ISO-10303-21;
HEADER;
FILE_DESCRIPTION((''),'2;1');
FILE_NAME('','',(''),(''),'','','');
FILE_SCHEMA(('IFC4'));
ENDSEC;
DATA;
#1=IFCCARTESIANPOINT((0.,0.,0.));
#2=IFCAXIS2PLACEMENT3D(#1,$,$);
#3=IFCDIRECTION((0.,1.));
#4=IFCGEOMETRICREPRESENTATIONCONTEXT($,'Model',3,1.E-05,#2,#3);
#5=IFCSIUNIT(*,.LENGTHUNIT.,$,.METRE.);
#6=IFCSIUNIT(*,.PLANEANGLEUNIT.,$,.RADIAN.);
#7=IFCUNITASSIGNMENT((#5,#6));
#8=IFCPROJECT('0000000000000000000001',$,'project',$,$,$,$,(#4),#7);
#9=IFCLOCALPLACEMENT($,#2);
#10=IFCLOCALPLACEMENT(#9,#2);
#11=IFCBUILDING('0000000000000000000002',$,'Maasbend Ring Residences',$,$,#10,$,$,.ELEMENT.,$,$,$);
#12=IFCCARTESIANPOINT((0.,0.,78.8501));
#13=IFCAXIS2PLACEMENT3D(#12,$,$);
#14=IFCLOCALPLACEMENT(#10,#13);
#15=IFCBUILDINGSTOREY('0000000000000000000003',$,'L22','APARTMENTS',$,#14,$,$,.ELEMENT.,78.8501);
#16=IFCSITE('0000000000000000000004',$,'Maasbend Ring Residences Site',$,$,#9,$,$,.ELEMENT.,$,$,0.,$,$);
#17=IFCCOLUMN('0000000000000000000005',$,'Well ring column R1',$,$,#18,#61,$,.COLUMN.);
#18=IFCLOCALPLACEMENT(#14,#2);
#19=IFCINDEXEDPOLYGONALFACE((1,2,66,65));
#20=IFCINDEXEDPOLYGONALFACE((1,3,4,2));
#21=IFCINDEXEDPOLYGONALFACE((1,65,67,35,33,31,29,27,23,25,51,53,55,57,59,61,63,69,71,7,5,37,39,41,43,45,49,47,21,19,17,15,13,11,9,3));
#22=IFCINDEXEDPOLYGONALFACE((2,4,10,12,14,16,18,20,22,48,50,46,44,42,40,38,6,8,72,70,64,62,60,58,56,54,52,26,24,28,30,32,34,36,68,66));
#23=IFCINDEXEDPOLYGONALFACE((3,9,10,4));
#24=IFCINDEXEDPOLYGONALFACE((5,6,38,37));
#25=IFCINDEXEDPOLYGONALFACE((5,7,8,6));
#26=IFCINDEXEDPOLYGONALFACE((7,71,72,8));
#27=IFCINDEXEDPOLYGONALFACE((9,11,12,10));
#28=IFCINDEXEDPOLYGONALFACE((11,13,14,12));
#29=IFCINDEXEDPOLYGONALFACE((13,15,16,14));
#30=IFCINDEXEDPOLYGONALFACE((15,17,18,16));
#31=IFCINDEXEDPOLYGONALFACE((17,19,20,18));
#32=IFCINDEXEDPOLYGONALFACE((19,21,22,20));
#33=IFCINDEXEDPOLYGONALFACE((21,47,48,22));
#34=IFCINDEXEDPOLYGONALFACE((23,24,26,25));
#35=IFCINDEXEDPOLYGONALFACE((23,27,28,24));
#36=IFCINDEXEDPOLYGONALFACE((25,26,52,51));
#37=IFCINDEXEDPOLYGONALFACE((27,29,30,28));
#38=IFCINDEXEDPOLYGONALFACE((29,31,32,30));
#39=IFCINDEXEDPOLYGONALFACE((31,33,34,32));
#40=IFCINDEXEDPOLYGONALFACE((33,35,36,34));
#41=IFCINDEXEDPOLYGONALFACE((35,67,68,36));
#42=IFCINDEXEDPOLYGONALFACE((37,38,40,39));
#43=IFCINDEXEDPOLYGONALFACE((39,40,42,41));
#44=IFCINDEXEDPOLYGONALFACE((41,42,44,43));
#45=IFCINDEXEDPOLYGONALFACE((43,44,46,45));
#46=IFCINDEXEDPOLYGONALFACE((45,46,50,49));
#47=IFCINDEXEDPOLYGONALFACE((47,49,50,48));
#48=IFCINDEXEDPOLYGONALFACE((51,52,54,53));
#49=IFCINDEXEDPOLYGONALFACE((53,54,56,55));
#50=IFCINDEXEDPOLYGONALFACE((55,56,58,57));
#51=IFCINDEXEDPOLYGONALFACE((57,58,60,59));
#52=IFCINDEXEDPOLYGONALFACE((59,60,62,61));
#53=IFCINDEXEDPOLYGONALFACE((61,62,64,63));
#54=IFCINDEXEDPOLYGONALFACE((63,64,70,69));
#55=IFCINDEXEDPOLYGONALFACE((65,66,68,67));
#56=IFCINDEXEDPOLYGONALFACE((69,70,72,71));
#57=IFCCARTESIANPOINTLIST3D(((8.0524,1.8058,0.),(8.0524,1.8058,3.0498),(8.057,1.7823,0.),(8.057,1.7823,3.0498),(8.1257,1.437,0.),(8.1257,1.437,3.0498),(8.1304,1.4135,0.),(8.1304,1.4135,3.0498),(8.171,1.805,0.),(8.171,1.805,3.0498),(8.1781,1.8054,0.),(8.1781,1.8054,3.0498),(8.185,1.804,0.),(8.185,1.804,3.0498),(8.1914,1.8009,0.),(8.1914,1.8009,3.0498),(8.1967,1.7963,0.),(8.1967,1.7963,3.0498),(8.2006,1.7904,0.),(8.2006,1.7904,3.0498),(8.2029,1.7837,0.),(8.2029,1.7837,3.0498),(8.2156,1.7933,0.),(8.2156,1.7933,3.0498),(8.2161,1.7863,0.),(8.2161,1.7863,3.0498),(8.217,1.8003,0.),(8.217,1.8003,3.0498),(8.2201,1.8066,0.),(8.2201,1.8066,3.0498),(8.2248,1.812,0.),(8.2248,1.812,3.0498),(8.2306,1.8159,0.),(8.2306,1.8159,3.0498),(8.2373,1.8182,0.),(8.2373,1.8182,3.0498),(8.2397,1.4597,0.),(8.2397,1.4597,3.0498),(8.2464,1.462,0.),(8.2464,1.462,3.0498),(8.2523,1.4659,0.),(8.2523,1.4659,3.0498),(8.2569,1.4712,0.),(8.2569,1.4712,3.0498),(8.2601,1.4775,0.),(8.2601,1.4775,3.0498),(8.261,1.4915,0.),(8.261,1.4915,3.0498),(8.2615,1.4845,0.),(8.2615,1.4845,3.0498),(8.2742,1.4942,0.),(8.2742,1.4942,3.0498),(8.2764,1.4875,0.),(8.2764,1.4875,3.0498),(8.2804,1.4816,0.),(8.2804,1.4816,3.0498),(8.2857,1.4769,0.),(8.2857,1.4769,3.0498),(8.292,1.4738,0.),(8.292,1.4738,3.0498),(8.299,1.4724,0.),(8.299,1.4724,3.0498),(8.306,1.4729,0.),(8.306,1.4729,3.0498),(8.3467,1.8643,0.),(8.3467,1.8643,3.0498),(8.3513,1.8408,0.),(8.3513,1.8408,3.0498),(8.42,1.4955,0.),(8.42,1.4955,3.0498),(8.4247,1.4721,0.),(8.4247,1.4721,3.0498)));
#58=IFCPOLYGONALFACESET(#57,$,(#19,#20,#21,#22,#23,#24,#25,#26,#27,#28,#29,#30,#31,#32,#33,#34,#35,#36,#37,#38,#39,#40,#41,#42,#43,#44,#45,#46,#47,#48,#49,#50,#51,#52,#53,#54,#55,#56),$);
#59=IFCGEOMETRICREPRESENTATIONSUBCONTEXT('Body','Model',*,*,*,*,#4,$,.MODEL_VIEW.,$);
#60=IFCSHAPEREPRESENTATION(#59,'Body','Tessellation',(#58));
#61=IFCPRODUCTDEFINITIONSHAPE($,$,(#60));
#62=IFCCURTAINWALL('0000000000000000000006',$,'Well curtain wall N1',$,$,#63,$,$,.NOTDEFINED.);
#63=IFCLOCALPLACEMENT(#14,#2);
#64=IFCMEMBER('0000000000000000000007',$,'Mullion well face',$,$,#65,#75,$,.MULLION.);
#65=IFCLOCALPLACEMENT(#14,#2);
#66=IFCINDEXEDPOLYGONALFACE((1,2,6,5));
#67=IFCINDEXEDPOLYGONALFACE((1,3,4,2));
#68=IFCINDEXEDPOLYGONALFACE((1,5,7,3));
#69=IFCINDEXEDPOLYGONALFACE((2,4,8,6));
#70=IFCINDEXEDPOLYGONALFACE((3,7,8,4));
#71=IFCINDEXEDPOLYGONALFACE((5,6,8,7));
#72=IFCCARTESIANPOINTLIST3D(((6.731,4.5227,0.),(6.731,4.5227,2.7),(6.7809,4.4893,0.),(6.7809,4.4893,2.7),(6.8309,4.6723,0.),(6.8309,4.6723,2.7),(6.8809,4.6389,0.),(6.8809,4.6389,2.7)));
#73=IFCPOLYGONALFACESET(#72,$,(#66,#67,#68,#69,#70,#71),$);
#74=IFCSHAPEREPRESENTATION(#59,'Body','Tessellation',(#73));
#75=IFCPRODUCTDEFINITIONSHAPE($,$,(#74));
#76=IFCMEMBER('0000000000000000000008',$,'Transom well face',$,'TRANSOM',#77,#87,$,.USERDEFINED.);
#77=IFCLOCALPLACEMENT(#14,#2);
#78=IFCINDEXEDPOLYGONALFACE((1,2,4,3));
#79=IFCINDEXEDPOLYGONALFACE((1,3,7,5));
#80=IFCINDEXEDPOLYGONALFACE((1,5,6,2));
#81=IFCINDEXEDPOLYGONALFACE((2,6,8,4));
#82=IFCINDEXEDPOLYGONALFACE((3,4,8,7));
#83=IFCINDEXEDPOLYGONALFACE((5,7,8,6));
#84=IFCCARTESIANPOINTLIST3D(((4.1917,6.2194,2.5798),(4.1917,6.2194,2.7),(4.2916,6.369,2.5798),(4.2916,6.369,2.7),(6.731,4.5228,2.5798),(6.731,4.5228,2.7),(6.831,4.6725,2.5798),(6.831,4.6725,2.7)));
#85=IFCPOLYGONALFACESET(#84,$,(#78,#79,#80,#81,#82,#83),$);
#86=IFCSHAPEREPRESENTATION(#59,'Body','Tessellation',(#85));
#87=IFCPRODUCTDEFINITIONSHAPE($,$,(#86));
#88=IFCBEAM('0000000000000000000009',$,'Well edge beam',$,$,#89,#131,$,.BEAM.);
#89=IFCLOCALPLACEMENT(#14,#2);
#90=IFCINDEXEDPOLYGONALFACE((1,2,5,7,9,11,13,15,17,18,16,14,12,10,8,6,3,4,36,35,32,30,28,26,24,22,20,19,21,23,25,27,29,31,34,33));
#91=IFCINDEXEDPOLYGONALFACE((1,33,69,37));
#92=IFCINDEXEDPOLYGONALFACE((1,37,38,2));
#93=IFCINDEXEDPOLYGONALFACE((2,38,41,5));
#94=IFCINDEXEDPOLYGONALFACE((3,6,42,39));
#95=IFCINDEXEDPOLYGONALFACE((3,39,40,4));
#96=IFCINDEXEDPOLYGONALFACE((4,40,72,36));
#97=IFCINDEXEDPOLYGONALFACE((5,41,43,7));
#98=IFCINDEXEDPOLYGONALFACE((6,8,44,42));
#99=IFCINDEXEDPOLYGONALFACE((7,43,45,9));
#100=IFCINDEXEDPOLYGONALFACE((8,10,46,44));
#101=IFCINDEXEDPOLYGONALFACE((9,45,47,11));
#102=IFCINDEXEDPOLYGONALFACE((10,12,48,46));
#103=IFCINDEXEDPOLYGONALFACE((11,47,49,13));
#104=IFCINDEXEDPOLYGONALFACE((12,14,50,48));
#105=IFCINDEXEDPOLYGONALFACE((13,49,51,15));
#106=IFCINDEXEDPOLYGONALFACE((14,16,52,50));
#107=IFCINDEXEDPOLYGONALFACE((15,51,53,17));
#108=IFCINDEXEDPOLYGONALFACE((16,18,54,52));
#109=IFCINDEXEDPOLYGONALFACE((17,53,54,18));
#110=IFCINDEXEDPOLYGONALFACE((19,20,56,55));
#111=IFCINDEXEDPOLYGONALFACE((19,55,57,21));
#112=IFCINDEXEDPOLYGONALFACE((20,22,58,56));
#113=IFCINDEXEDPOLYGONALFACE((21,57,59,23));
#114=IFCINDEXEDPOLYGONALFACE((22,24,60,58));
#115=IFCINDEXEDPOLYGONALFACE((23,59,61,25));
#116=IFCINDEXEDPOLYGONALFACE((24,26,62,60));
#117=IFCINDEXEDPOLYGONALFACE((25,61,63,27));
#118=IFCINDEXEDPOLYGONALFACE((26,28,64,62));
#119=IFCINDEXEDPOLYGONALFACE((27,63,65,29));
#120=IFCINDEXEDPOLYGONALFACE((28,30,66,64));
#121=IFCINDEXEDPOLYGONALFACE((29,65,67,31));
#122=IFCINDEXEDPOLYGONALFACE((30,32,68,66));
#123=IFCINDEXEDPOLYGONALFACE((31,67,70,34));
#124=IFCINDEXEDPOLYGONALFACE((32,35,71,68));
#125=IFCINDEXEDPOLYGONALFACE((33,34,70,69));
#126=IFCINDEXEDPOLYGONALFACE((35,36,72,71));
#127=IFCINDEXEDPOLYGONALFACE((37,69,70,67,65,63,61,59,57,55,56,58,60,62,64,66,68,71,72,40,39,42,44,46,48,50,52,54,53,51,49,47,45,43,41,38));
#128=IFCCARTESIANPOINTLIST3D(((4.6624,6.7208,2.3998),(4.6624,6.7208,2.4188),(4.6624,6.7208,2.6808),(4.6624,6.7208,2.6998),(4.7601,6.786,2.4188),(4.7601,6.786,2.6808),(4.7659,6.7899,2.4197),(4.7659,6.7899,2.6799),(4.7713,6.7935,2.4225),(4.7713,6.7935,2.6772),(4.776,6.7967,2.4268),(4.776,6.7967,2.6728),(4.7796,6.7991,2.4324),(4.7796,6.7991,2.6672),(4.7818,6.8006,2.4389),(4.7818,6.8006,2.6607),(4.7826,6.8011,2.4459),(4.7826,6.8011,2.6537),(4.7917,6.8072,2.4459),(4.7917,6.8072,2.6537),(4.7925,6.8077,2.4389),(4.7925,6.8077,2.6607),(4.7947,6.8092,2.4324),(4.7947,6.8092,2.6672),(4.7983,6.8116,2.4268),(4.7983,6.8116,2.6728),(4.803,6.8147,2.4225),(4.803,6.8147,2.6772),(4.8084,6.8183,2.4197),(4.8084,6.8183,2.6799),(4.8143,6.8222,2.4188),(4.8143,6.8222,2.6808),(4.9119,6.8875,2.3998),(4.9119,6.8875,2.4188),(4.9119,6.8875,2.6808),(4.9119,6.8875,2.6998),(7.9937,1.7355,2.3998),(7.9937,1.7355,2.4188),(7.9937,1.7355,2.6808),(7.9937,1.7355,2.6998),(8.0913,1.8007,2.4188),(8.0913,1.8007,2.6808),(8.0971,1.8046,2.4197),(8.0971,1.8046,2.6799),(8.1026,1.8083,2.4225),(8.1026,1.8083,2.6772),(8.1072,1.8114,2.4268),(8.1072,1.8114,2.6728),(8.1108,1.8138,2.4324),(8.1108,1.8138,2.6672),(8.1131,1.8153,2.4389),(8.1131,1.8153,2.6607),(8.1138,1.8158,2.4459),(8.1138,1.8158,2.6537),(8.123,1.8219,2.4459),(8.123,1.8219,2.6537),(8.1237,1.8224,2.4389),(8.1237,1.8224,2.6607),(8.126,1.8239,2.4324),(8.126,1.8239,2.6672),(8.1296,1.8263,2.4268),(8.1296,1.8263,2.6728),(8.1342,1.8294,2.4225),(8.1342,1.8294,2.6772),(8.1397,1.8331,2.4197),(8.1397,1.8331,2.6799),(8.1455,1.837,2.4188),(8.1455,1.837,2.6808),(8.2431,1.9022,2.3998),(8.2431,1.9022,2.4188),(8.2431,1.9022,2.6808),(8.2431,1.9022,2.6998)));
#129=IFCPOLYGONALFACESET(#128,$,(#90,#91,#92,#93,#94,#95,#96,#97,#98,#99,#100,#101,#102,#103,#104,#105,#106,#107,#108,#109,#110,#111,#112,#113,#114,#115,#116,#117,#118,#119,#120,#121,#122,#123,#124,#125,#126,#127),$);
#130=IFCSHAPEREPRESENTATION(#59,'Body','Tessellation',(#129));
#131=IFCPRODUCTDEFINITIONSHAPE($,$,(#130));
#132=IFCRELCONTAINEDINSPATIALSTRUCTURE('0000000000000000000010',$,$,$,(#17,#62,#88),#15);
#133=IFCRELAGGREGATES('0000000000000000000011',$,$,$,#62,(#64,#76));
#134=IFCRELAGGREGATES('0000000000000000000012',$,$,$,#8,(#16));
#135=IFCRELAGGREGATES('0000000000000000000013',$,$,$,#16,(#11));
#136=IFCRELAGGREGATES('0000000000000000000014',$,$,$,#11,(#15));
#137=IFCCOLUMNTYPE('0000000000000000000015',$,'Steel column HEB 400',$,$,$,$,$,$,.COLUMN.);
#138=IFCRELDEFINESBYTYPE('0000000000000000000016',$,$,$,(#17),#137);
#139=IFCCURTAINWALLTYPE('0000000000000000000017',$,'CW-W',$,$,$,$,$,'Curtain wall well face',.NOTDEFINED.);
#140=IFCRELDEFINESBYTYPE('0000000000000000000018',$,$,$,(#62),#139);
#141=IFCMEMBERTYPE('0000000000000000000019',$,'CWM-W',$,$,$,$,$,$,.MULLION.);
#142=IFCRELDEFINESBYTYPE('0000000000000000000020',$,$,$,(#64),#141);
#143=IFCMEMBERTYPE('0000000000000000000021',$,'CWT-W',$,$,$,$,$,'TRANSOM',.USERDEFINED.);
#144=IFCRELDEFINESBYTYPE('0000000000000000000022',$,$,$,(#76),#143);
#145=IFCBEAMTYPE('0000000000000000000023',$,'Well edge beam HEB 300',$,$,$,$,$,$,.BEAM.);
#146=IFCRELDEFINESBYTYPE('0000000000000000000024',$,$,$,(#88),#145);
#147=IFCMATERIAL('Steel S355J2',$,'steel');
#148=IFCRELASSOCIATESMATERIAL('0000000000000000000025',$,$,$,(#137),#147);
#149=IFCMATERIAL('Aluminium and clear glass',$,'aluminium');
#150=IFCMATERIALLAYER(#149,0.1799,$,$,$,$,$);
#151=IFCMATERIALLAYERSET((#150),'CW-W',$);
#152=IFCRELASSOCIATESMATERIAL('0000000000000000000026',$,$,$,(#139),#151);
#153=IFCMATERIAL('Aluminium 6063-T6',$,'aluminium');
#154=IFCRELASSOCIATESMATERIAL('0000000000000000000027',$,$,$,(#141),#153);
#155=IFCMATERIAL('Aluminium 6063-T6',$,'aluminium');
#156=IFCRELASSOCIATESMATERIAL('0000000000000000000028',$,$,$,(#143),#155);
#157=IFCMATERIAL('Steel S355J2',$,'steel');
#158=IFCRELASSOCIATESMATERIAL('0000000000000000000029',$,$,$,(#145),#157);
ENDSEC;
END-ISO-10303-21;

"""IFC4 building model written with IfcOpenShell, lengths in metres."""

from ifc_helpers import new_model, si_unit, direction, frame, origin, origin_2d, place, context, subcontext, project, spatial, rectangle, i_section, extrude, material, layer, layer_set, material_profile, profile_set, type_object, element, aggregate, save


model = new_model("IFC4")

# Units and contexts
model_context = context("Model", 3, precision=1e-05, world=origin(), true_north=direction((0.0, 1.0)))
body_context = subcontext(model_context, "Body", "Model", "MODEL_VIEW")
ifc_project = project(units=[si_unit("LENGTHUNIT", "METRE"), si_unit("PLANEANGLEUNIT", "RADIAN")], contexts=[model_context])

# Site, building, storey
site_placement = place(None, origin())
site = spatial("IfcSite", under=ifc_project, at=site_placement, Name="Maasbend Ring Residences Site", CompositionType="ELEMENT", RefElevation=0.0)
building_placement = place(site_placement, origin())
building = spatial("IfcBuilding", under=site, at=building_placement, Name="Maasbend Ring Residences", CompositionType="ELEMENT")
storey_placement = place(building_placement, frame((0.0, 0.0, 78.8501)))
storey = spatial("IfcBuildingStorey", under=building, at=storey_placement, Name="L22", Description="APARTMENTS", CompositionType="ELEMENT", Elevation=78.8501)

# Column
ifc_material_1 = material(Name="Steel S355J2", Category="steel")
ifc_material_profile_1 = material_profile(ifc_material_1, i_section(OverallWidth=0.3, OverallDepth=0.3999, WebThickness=0.0134, FlangeThickness=0.0239, FilletRadius=0.0271, at=origin_2d()), Name="HEB 400")
ifc_profile_set_1 = profile_set([ifc_material_profile_1], Name="Steel S355J2")
column_type = type_object("IfcColumnType", Name="Steel column HEB 400", PredefinedType="COLUMN", material=ifc_profile_set_1)
column_placement = place(storey_placement, frame((8.2385, 1.6389, 0.0), z_axis=(0.0, 0.0, 1.0), x_axis=(0.980785, 0.19509, 0.0)))
element("IfcColumn", 1, at=column_placement, inside=storey, type_object=column_type, Name="Well ring column R1", PredefinedType="COLUMN", context=body_context, shape_type="SweptSolid", body=[
    extrude(i_section(OverallWidth=0.3, OverallDepth=0.3999, WebThickness=0.0134, FlangeThickness=0.0239, FilletRadius=0.0271, at=origin_2d()), origin(), (0.0, 0.0, 1.0), 3.0498),
])

# Curtain wall, members
ifc_material_2 = material(Name="Aluminium and clear glass", Category="aluminium")
ifc_layer_1 = layer(ifc_material_2, 0.1799)
ifc_layer_set_1 = layer_set([ifc_layer_1], Name="CW-W")
curtain_wall_type = type_object("IfcCurtainWallType", Name="CW-W", ElementType="Curtain wall well face", PredefinedType="NOTDEFINED", material=ifc_layer_set_1)
curtain_wall_placement = place(storey_placement, origin())
curtain_wall = element("IfcCurtainWall", 2, at=curtain_wall_placement, inside=storey, type_object=curtain_wall_type, Name="Well curtain wall N1", PredefinedType="NOTDEFINED")
ifc_material_3 = material(Name="Aluminium 6063-T6", Category="aluminium")
ifc_material_profile_2 = material_profile(ifc_material_3, rectangle(XDim=0.1799, YDim=0.0601, at=origin_2d()), Name="AL 180x60")
ifc_profile_set_2 = profile_set([ifc_material_profile_2], Name="Aluminium 6063-T6")
member_type_1 = type_object("IfcMemberType", Name="CWM-W", PredefinedType="MULLION", material=ifc_profile_set_2)
member_1_placement = place(storey_placement, frame((6.8059, 4.5808, 0.0), z_axis=(0.0, 0.0, 1.0), x_axis=(-0.55557, -0.83147, 0.0)))
member_1 = element("IfcMember", 3, at=member_1_placement, type_object=member_type_1, Name="Mullion well face", PredefinedType="MULLION", context=body_context, shape_type="SweptSolid", body=[
    extrude(rectangle(XDim=0.1799, YDim=0.0601, at=origin_2d()), origin(), (0.0, 0.0, 1.0), 2.7),
])
ifc_material_4 = material(Name="Aluminium 6063-T6", Category="aluminium")
ifc_material_profile_3 = material_profile(ifc_material_4, rectangle(XDim=0.1799, YDim=0.1201, at=origin_2d()), Name="AL 180x120")
ifc_profile_set_3 = profile_set([ifc_material_profile_3], Name="Aluminium 6063-T6")
member_type_2 = type_object("IfcMemberType", Name="CWT-W", ElementType="TRANSOM", PredefinedType="USERDEFINED", material=ifc_profile_set_3)
member_2_placement = place(storey_placement, frame((6.781, 4.5977, 2.6399), z_axis=(-0.831496, 0.55553, 0.0), x_axis=(-0.55553, -0.831496, 0.0)))
member_2 = element("IfcMember", 4, at=member_2_placement, type_object=member_type_2, Name="Transom well face", ObjectType="TRANSOM", PredefinedType="USERDEFINED", context=body_context, shape_type="SweptSolid", body=[
    extrude(rectangle(XDim=0.1799, YDim=0.1201, at=origin_2d()), origin(), (0.0, 0.0, 1.0), 3.054),
])
aggregate(curtain_wall, [member_1, member_2])

# Beam
ifc_material_5 = material(Name="Steel S355J2", Category="steel")
ifc_material_profile_4 = material_profile(ifc_material_5, i_section(OverallWidth=0.3, OverallDepth=0.3, WebThickness=0.011, FlangeThickness=0.019, FilletRadius=0.0271, at=origin_2d()), Name="HEB 300")
ifc_profile_set_4 = profile_set([ifc_material_profile_4], Name="Steel S355J2")
beam_type = type_object("IfcBeamType", Name="Well edge beam HEB 300", PredefinedType="BEAM", material=ifc_profile_set_4)
beam_placement = place(storey_placement, frame((8.1184, 1.8188, 2.5498), z_axis=(-0.555593, 0.831455, 0.0), x_axis=(-0.831455, -0.555593, 0.0)))
element("IfcBeam", 5, at=beam_placement, inside=storey, type_object=beam_type, Name="Well edge beam", PredefinedType="BEAM", context=body_context, shape_type="SweptSolid", body=[
    extrude(i_section(OverallWidth=0.3, OverallDepth=0.3, WebThickness=0.011, FlangeThickness=0.019, FilletRadius=0.0271, at=origin_2d()), origin(), (0.0, 0.0, 1.0), 5.9958),
])

save(model, "model.ifc")
